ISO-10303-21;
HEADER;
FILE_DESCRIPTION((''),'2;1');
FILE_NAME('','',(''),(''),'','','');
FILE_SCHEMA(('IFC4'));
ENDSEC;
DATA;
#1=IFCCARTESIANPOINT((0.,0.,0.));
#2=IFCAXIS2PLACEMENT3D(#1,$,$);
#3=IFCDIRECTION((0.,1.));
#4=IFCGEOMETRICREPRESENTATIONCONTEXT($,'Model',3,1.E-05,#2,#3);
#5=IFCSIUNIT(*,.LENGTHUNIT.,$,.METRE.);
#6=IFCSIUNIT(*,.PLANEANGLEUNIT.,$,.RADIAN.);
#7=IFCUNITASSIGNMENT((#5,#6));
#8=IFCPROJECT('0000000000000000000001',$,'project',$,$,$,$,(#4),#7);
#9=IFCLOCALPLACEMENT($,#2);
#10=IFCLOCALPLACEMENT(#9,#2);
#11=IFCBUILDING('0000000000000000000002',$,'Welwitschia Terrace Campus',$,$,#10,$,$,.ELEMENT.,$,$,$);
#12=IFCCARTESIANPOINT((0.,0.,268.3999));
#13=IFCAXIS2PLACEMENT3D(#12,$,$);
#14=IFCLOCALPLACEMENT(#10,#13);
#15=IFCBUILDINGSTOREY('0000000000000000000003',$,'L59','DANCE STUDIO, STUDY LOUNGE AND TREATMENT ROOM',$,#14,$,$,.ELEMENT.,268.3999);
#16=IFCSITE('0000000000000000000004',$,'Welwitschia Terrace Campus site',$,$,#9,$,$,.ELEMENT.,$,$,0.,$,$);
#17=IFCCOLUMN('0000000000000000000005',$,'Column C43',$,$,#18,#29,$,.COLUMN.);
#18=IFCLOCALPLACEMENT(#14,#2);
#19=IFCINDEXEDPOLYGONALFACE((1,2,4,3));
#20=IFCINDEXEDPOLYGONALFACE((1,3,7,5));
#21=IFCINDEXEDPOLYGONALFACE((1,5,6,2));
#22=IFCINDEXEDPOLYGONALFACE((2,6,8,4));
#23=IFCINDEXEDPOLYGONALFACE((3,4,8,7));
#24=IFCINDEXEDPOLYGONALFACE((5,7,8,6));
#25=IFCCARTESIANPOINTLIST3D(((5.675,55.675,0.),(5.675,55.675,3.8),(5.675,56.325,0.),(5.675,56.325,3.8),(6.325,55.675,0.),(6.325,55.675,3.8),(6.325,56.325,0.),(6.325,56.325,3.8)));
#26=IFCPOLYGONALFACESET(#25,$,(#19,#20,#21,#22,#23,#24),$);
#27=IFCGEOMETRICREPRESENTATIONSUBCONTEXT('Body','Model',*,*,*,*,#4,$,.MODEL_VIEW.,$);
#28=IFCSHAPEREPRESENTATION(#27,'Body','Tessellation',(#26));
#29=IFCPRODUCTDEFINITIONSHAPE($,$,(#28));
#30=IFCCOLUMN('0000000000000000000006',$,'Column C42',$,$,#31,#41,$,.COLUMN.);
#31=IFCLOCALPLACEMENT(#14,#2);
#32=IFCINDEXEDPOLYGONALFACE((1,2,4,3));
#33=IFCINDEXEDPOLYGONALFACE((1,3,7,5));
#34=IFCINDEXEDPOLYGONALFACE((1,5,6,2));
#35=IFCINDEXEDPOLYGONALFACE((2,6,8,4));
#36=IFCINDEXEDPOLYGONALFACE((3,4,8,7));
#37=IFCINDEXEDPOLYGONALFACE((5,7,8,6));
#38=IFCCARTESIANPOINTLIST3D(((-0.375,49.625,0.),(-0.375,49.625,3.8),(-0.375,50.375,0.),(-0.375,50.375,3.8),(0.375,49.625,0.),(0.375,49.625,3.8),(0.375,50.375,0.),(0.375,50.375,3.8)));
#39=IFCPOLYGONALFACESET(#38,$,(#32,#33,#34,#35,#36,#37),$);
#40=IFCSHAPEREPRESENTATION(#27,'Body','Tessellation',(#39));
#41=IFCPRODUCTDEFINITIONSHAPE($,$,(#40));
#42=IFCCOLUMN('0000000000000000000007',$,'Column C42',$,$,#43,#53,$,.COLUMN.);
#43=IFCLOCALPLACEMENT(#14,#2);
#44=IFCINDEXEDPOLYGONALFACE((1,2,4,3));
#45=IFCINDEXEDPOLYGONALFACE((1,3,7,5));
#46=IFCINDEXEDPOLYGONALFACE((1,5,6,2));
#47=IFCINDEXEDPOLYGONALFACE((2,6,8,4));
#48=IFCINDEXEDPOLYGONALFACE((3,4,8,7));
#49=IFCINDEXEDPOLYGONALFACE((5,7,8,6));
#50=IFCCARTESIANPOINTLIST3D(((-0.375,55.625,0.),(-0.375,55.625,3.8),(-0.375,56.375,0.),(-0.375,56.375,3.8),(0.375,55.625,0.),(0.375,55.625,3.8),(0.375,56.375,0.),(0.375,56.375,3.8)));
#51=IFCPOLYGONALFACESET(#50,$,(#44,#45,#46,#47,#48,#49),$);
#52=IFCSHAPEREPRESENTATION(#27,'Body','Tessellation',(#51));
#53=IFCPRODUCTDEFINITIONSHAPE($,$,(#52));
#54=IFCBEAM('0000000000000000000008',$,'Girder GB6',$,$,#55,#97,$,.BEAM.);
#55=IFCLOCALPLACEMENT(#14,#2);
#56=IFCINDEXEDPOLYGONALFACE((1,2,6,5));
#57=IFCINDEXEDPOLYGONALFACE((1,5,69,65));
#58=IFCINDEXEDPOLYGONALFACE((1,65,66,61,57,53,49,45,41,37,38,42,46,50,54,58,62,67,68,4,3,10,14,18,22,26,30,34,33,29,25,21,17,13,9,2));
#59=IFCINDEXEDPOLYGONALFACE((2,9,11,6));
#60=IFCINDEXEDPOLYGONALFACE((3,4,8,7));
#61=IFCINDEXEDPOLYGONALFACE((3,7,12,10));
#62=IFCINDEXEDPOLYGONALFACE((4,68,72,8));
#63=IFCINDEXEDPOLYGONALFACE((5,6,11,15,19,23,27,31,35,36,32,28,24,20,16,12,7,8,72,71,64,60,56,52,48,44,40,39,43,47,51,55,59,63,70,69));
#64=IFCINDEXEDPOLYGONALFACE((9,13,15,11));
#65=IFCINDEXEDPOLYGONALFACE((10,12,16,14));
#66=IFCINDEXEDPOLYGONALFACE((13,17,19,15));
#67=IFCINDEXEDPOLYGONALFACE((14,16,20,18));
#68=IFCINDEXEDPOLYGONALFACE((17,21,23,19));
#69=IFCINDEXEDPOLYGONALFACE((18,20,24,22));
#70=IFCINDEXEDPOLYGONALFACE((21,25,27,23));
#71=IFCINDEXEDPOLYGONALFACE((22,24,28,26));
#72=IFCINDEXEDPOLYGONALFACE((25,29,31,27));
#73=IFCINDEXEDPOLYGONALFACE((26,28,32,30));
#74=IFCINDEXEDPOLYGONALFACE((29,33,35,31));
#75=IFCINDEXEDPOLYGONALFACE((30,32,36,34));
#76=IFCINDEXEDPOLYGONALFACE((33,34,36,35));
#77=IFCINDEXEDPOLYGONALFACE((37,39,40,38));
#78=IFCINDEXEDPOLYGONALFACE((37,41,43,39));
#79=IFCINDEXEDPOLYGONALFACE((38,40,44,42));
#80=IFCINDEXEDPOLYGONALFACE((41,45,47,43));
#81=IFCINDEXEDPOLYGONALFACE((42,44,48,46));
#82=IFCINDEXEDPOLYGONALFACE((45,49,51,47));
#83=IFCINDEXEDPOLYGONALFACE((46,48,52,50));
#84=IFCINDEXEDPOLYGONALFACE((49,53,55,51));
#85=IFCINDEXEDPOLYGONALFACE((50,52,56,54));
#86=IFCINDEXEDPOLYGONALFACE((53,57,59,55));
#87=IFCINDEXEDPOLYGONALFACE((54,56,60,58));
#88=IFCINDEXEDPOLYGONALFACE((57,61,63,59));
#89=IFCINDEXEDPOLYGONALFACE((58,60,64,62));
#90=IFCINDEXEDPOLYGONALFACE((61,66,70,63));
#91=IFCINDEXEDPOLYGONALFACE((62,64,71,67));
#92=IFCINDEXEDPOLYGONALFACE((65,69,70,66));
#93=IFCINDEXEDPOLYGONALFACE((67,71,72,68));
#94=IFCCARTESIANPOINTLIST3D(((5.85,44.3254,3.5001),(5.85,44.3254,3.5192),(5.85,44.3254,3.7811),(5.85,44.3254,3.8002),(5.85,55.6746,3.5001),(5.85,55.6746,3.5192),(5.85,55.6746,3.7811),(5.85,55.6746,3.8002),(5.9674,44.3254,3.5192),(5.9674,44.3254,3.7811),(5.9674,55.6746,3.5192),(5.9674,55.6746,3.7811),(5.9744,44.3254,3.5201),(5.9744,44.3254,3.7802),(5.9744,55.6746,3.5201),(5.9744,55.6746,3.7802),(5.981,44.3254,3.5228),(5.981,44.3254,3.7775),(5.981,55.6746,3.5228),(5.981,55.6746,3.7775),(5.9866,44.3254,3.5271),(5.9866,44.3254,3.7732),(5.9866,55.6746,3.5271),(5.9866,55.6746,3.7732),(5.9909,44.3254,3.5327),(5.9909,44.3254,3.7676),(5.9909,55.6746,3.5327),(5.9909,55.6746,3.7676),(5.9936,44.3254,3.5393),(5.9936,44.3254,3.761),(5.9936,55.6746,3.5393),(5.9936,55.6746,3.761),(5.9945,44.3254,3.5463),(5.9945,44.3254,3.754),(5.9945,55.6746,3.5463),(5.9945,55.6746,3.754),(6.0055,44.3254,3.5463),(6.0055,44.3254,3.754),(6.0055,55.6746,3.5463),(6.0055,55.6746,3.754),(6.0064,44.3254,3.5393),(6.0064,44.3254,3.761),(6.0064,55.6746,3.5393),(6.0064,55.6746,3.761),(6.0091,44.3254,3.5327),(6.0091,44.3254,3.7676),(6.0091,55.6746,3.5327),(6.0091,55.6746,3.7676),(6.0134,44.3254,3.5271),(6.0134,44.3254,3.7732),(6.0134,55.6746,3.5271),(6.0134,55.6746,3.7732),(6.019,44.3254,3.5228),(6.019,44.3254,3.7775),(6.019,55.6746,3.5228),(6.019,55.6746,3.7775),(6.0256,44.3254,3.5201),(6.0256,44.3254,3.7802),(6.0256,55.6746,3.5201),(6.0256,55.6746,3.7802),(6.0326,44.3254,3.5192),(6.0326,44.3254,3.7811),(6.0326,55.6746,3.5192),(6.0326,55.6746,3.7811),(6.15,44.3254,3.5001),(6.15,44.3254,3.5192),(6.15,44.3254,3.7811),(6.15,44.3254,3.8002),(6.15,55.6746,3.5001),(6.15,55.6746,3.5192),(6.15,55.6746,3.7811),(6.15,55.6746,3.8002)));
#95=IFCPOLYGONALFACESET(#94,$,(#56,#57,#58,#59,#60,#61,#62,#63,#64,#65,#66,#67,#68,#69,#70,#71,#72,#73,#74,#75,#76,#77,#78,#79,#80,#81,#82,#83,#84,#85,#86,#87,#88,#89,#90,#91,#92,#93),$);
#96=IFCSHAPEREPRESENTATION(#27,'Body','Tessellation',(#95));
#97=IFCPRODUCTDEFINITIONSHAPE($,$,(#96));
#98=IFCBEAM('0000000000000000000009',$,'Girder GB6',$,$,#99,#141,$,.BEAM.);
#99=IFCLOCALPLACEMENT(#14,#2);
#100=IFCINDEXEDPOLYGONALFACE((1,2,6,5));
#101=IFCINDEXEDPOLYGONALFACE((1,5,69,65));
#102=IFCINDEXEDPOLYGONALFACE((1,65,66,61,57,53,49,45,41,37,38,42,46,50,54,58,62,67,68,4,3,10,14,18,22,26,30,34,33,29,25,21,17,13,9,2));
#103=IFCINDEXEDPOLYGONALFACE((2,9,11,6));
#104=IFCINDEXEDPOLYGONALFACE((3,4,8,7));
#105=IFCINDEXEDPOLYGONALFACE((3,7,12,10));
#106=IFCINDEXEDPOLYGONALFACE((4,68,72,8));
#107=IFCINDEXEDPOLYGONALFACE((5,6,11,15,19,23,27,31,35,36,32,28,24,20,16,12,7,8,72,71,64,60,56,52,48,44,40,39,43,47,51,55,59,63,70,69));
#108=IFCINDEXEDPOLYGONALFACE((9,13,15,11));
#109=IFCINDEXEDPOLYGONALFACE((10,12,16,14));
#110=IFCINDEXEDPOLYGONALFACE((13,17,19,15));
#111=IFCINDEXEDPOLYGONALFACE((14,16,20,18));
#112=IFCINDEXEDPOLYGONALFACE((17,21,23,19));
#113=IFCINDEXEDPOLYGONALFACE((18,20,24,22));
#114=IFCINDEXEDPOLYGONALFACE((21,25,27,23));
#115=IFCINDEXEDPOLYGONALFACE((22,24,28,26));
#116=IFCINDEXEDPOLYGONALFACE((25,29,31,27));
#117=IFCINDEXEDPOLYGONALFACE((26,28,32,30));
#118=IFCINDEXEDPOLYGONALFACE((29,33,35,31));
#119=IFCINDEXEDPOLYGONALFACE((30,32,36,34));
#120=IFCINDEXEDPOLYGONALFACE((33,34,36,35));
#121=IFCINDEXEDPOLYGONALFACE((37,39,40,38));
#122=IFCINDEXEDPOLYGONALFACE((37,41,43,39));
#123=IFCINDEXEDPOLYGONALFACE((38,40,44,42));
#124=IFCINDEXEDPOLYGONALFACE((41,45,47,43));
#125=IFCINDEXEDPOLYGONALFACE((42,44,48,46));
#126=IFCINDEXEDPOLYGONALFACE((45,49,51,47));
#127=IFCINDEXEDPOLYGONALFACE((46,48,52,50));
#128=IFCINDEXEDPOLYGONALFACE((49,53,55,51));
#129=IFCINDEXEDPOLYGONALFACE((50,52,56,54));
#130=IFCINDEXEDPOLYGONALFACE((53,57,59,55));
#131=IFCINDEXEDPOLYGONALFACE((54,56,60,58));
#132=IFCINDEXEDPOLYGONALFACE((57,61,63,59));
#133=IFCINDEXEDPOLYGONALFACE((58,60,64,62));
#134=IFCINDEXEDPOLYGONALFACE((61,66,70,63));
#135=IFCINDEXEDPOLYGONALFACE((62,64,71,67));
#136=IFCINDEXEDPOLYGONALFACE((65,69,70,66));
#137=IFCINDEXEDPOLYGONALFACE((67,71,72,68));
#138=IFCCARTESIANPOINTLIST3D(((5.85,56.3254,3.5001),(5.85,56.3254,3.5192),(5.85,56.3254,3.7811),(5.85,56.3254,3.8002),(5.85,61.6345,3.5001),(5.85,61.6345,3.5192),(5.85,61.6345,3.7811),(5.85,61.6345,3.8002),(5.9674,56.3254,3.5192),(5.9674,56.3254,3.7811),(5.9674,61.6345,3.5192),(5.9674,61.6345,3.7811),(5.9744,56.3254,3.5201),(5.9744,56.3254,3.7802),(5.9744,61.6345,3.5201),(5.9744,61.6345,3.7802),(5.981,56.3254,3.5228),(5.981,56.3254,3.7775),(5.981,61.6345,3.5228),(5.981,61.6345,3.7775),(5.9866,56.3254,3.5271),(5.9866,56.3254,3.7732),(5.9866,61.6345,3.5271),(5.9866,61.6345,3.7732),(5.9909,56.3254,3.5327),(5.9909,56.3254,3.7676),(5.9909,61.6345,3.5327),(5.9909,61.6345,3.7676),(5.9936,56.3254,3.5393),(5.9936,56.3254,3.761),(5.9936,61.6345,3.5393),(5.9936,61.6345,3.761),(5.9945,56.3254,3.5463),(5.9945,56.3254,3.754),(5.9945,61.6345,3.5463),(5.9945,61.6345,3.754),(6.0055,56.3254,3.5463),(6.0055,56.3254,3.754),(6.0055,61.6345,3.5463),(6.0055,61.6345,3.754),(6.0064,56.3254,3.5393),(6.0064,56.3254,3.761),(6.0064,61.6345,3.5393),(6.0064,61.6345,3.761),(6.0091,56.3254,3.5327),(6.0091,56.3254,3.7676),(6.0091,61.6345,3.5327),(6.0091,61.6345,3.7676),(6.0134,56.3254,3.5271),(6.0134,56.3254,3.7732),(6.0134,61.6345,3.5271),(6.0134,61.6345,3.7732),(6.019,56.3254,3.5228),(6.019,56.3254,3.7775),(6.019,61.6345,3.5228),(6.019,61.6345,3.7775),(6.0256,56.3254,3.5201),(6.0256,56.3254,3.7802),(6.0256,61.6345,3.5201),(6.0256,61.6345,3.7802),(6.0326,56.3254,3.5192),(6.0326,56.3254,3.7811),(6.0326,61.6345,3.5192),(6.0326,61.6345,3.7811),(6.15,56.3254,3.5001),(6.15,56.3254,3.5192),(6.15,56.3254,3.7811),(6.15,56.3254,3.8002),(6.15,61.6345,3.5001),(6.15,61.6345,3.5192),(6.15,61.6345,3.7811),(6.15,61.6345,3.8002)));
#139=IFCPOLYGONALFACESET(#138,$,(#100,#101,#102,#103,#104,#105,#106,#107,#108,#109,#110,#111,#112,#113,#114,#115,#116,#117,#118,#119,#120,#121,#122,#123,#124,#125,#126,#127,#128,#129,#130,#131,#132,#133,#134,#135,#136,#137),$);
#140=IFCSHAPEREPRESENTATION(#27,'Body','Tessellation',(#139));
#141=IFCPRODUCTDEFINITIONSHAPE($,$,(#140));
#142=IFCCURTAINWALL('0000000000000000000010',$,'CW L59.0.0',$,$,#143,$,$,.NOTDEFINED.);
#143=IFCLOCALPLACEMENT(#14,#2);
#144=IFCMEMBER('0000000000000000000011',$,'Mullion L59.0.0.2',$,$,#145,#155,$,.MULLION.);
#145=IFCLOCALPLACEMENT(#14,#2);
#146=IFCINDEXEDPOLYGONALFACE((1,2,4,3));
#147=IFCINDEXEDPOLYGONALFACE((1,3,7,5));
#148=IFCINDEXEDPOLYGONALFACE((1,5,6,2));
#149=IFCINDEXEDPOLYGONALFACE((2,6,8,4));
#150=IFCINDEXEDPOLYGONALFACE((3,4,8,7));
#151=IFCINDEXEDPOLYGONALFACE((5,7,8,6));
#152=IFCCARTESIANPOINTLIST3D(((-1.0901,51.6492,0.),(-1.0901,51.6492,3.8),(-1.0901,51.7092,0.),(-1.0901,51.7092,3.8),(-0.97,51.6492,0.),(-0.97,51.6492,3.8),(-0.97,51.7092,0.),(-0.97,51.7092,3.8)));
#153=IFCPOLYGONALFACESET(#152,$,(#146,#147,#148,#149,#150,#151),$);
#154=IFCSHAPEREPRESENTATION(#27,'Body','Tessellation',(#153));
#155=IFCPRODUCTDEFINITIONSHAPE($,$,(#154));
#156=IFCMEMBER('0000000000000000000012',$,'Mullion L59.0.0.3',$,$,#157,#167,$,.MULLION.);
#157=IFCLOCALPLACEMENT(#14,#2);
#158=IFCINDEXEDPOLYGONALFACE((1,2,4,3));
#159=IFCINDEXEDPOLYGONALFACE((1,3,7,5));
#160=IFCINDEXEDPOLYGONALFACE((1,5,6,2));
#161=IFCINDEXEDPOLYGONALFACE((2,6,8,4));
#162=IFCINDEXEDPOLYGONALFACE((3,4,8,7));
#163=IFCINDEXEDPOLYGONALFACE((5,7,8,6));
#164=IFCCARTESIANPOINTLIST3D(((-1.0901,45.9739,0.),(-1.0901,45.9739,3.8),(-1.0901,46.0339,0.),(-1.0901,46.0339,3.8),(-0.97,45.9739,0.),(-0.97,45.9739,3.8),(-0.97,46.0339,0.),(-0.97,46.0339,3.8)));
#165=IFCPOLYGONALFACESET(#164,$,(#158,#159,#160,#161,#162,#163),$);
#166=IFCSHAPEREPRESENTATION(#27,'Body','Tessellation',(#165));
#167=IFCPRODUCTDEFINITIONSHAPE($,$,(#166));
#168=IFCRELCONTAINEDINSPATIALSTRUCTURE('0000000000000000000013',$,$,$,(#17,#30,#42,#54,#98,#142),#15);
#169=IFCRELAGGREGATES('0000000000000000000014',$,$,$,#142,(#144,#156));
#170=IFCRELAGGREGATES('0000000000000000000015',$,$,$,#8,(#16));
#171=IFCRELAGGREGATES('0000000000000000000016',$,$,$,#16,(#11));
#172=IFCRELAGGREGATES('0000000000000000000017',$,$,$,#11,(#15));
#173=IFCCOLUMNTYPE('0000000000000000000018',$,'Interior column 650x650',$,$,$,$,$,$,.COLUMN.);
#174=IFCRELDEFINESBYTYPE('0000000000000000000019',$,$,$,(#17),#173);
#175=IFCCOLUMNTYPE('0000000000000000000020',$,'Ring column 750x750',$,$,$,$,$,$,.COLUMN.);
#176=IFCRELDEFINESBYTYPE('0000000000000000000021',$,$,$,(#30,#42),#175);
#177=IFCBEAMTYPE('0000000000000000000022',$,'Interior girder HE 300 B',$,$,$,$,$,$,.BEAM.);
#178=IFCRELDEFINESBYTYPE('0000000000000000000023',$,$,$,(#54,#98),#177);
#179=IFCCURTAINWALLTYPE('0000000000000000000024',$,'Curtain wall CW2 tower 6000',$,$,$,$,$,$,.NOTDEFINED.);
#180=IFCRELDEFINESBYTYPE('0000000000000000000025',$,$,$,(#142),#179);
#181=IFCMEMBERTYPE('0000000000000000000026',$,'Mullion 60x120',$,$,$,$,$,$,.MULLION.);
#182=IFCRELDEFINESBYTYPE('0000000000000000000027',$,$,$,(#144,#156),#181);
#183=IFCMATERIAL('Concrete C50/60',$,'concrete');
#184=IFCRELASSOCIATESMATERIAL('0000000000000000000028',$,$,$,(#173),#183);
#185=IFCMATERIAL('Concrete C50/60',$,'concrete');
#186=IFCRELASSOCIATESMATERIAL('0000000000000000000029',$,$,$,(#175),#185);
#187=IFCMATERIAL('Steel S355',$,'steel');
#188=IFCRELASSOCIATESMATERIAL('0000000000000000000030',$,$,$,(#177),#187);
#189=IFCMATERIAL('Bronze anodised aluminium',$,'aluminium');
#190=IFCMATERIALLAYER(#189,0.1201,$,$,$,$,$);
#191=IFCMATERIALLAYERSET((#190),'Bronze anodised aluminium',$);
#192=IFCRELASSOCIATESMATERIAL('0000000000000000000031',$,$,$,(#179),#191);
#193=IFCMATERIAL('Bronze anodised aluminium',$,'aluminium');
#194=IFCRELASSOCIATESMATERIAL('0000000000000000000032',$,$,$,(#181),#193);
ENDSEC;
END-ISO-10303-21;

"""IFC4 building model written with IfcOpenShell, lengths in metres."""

from ifc_helpers import new_model, si_unit, direction, frame, origin, origin_2d, place, context, subcontext, project, spatial, rectangle, i_section, extrude, material, layer, layer_set, material_profile, profile_set, type_object, element, aggregate, save


model = new_model("IFC4")

# Units and contexts
model_context = context("Model", 3, precision=1e-05, world=origin(), true_north=direction((0.0, 1.0)))
body_context = subcontext(model_context, "Body", "Model", "MODEL_VIEW")
ifc_project = project(units=[si_unit("LENGTHUNIT", "METRE"), si_unit("PLANEANGLEUNIT", "RADIAN")], contexts=[model_context])

# Site, building, storey
site_placement = place(None, origin())
site = spatial("IfcSite", under=ifc_project, at=site_placement, Name="Welwitschia Terrace Campus site", CompositionType="ELEMENT", RefElevation=0.0)
building_placement = place(site_placement, origin())
building = spatial("IfcBuilding", under=site, at=building_placement, Name="Welwitschia Terrace Campus", CompositionType="ELEMENT")
storey_placement = place(building_placement, frame((0.0, 0.0, 268.3999)))
storey = spatial("IfcBuildingStorey", under=building, at=storey_placement, Name="L59", Description="DANCE STUDIO, STUDY LOUNGE AND TREATMENT ROOM", CompositionType="ELEMENT", Elevation=268.3999)

# Columns
ifc_material_1 = material(Name="Concrete C50/60", Category="concrete")
ifc_material_profile_1 = material_profile(ifc_material_1, rectangle(XDim=0.6499, YDim=0.6499, at=origin_2d()))
ifc_profile_set_1 = profile_set([ifc_material_profile_1], Name="Concrete C50/60")
column_type_1 = type_object("IfcColumnType", Name="Interior column 650x650", PredefinedType="COLUMN", material=ifc_profile_set_1)
column_placement = place(storey_placement, frame((6.0, 56.0, 0.0), z_axis=(0.0, 0.0, 1.0), x_axis=(1.0, 0.0, 0.0)))
element("IfcColumn", 1, at=column_placement, inside=storey, type_object=column_type_1, Name="Column C43", PredefinedType="COLUMN", context=body_context, shape_type="SweptSolid", body=[
    extrude(rectangle(XDim=0.6499, YDim=0.6499, at=origin_2d()), origin(), (0.0, 0.0, 1.0), 3.8),
])
ifc_material_2 = material(Name="Concrete C50/60", Category="concrete")
ifc_material_profile_2 = material_profile(ifc_material_2, rectangle(XDim=0.75, YDim=0.75, at=origin_2d()))
ifc_profile_set_2 = profile_set([ifc_material_profile_2], Name="Concrete C50/60")
column_type_2 = type_object("IfcColumnType", Name="Ring column 750x750", PredefinedType="COLUMN", material=ifc_profile_set_2)
for number, where, z_axis, x_axis, name in (
    (2, (0.0, 50.0, 0.0), (0.0, 0.0, 1.0), (1.0, 0.0, 0.0), "Column C42"),
    (3, (0.0, 56.0, 0.0), (0.0, 0.0, 1.0), (1.0, 0.0, 0.0), "Column C42"),
):
    element("IfcColumn", number, at=place(storey_placement, frame(where, z_axis=z_axis, x_axis=x_axis)), inside=storey, type_object=column_type_2, Name=name, PredefinedType="COLUMN", context=body_context, shape_type="SweptSolid", body=[
        extrude(rectangle(XDim=0.75, YDim=0.75, at=origin_2d()), origin(), (0.0, 0.0, 1.0), 3.8),
    ])

# Beams
ifc_material_3 = material(Name="Steel S355", Category="steel")
ifc_material_profile_3 = material_profile(ifc_material_3, i_section(OverallWidth=0.3, OverallDepth=0.3, WebThickness=0.011, FlangeThickness=0.019, FilletRadius=0.0271, at=origin_2d()))
ifc_profile_set_3 = profile_set([ifc_material_profile_3], Name="Steel S355")
beam_type_1 = type_object("IfcBeamType", Name="Interior girder HE 300 B", PredefinedType="BEAM", material=ifc_profile_set_3)
beam_1_placement = place(storey_placement, frame((6.0, 44.3254, 3.6501), z_axis=(0.0, 1.0, 0.0), x_axis=(-1.0, 0.0, 0.0)))
element("IfcBeam", 4, at=beam_1_placement, inside=storey, type_object=beam_type_1, Name="Girder GB6", PredefinedType="BEAM", context=body_context, shape_type="SweptSolid", body=[
    extrude(i_section(OverallWidth=0.3, OverallDepth=0.3, WebThickness=0.011, FlangeThickness=0.019, FilletRadius=0.0271, at=origin_2d()), origin(), (0.0, 0.0, 1.0), 11.3491),
])
beam_2_placement = place(storey_placement, frame((6.0, 56.3254, 3.6501), z_axis=(0.0, 1.0, 0.0), x_axis=(-1.0, 0.0, 0.0)))
element("IfcBeam", 5, at=beam_2_placement, inside=storey, type_object=beam_type_1, Name="Girder GB6", PredefinedType="BEAM", context=body_context, shape_type="SweptSolid", body=[
    extrude(i_section(OverallWidth=0.3, OverallDepth=0.3, WebThickness=0.011, FlangeThickness=0.019, FilletRadius=0.0271, at=origin_2d()), origin(), (0.0, 0.0, 1.0), 5.3091),
])

# Curtain wall, members
ifc_material_4 = material(Name="Bronze anodised aluminium", Category="aluminium")
ifc_layer_1 = layer(ifc_material_4, 0.1201)
ifc_layer_set_1 = layer_set([ifc_layer_1], Name="Bronze anodised aluminium")
curtain_wall_type = type_object("IfcCurtainWallType", Name="Curtain wall CW2 tower 6000", PredefinedType="NOTDEFINED", material=ifc_layer_set_1)
curtain_wall_placement = place(storey_placement, origin())
curtain_wall = element("IfcCurtainWall", 6, at=curtain_wall_placement, inside=storey, type_object=curtain_wall_type, Name="CW L59.0.0", PredefinedType="NOTDEFINED")
ifc_material_5 = material(Name="Bronze anodised aluminium", Category="aluminium")
ifc_material_profile_4 = material_profile(ifc_material_5, rectangle(XDim=0.1201, YDim=0.0601, at=origin_2d()))
ifc_profile_set_4 = profile_set([ifc_material_profile_4], Name="Bronze anodised aluminium")
member_type = type_object("IfcMemberType", Name="Mullion 60x120", PredefinedType="MULLION", material=ifc_profile_set_4)
member_1_placement = place(storey_placement, frame((-1.03, 51.6792, 0.0), z_axis=(0.0, 0.0, 1.0), x_axis=(1.0, 0.0, 0.0)))
member_1 = element("IfcMember", 7, at=member_1_placement, type_object=member_type, Name="Mullion L59.0.0.2", PredefinedType="MULLION", context=body_context, shape_type="SweptSolid", body=[
    extrude(rectangle(XDim=0.1201, YDim=0.0601, at=origin_2d()), origin(), (0.0, 0.0, 1.0), 3.8),
])
member_2_placement = place(storey_placement, frame((-1.03, 46.0039, 0.0), z_axis=(0.0, 0.0, 1.0), x_axis=(1.0, 0.0, 0.0)))
member_2 = element("IfcMember", 8, at=member_2_placement, type_object=member_type, Name="Mullion L59.0.0.3", PredefinedType="MULLION", context=body_context, shape_type="SweptSolid", body=[
    extrude(rectangle(XDim=0.1201, YDim=0.0601, at=origin_2d()), origin(), (0.0, 0.0, 1.0), 3.8),
])

aggregate(curtain_wall, [member_1, member_2])

save(model, "model.ifc")
